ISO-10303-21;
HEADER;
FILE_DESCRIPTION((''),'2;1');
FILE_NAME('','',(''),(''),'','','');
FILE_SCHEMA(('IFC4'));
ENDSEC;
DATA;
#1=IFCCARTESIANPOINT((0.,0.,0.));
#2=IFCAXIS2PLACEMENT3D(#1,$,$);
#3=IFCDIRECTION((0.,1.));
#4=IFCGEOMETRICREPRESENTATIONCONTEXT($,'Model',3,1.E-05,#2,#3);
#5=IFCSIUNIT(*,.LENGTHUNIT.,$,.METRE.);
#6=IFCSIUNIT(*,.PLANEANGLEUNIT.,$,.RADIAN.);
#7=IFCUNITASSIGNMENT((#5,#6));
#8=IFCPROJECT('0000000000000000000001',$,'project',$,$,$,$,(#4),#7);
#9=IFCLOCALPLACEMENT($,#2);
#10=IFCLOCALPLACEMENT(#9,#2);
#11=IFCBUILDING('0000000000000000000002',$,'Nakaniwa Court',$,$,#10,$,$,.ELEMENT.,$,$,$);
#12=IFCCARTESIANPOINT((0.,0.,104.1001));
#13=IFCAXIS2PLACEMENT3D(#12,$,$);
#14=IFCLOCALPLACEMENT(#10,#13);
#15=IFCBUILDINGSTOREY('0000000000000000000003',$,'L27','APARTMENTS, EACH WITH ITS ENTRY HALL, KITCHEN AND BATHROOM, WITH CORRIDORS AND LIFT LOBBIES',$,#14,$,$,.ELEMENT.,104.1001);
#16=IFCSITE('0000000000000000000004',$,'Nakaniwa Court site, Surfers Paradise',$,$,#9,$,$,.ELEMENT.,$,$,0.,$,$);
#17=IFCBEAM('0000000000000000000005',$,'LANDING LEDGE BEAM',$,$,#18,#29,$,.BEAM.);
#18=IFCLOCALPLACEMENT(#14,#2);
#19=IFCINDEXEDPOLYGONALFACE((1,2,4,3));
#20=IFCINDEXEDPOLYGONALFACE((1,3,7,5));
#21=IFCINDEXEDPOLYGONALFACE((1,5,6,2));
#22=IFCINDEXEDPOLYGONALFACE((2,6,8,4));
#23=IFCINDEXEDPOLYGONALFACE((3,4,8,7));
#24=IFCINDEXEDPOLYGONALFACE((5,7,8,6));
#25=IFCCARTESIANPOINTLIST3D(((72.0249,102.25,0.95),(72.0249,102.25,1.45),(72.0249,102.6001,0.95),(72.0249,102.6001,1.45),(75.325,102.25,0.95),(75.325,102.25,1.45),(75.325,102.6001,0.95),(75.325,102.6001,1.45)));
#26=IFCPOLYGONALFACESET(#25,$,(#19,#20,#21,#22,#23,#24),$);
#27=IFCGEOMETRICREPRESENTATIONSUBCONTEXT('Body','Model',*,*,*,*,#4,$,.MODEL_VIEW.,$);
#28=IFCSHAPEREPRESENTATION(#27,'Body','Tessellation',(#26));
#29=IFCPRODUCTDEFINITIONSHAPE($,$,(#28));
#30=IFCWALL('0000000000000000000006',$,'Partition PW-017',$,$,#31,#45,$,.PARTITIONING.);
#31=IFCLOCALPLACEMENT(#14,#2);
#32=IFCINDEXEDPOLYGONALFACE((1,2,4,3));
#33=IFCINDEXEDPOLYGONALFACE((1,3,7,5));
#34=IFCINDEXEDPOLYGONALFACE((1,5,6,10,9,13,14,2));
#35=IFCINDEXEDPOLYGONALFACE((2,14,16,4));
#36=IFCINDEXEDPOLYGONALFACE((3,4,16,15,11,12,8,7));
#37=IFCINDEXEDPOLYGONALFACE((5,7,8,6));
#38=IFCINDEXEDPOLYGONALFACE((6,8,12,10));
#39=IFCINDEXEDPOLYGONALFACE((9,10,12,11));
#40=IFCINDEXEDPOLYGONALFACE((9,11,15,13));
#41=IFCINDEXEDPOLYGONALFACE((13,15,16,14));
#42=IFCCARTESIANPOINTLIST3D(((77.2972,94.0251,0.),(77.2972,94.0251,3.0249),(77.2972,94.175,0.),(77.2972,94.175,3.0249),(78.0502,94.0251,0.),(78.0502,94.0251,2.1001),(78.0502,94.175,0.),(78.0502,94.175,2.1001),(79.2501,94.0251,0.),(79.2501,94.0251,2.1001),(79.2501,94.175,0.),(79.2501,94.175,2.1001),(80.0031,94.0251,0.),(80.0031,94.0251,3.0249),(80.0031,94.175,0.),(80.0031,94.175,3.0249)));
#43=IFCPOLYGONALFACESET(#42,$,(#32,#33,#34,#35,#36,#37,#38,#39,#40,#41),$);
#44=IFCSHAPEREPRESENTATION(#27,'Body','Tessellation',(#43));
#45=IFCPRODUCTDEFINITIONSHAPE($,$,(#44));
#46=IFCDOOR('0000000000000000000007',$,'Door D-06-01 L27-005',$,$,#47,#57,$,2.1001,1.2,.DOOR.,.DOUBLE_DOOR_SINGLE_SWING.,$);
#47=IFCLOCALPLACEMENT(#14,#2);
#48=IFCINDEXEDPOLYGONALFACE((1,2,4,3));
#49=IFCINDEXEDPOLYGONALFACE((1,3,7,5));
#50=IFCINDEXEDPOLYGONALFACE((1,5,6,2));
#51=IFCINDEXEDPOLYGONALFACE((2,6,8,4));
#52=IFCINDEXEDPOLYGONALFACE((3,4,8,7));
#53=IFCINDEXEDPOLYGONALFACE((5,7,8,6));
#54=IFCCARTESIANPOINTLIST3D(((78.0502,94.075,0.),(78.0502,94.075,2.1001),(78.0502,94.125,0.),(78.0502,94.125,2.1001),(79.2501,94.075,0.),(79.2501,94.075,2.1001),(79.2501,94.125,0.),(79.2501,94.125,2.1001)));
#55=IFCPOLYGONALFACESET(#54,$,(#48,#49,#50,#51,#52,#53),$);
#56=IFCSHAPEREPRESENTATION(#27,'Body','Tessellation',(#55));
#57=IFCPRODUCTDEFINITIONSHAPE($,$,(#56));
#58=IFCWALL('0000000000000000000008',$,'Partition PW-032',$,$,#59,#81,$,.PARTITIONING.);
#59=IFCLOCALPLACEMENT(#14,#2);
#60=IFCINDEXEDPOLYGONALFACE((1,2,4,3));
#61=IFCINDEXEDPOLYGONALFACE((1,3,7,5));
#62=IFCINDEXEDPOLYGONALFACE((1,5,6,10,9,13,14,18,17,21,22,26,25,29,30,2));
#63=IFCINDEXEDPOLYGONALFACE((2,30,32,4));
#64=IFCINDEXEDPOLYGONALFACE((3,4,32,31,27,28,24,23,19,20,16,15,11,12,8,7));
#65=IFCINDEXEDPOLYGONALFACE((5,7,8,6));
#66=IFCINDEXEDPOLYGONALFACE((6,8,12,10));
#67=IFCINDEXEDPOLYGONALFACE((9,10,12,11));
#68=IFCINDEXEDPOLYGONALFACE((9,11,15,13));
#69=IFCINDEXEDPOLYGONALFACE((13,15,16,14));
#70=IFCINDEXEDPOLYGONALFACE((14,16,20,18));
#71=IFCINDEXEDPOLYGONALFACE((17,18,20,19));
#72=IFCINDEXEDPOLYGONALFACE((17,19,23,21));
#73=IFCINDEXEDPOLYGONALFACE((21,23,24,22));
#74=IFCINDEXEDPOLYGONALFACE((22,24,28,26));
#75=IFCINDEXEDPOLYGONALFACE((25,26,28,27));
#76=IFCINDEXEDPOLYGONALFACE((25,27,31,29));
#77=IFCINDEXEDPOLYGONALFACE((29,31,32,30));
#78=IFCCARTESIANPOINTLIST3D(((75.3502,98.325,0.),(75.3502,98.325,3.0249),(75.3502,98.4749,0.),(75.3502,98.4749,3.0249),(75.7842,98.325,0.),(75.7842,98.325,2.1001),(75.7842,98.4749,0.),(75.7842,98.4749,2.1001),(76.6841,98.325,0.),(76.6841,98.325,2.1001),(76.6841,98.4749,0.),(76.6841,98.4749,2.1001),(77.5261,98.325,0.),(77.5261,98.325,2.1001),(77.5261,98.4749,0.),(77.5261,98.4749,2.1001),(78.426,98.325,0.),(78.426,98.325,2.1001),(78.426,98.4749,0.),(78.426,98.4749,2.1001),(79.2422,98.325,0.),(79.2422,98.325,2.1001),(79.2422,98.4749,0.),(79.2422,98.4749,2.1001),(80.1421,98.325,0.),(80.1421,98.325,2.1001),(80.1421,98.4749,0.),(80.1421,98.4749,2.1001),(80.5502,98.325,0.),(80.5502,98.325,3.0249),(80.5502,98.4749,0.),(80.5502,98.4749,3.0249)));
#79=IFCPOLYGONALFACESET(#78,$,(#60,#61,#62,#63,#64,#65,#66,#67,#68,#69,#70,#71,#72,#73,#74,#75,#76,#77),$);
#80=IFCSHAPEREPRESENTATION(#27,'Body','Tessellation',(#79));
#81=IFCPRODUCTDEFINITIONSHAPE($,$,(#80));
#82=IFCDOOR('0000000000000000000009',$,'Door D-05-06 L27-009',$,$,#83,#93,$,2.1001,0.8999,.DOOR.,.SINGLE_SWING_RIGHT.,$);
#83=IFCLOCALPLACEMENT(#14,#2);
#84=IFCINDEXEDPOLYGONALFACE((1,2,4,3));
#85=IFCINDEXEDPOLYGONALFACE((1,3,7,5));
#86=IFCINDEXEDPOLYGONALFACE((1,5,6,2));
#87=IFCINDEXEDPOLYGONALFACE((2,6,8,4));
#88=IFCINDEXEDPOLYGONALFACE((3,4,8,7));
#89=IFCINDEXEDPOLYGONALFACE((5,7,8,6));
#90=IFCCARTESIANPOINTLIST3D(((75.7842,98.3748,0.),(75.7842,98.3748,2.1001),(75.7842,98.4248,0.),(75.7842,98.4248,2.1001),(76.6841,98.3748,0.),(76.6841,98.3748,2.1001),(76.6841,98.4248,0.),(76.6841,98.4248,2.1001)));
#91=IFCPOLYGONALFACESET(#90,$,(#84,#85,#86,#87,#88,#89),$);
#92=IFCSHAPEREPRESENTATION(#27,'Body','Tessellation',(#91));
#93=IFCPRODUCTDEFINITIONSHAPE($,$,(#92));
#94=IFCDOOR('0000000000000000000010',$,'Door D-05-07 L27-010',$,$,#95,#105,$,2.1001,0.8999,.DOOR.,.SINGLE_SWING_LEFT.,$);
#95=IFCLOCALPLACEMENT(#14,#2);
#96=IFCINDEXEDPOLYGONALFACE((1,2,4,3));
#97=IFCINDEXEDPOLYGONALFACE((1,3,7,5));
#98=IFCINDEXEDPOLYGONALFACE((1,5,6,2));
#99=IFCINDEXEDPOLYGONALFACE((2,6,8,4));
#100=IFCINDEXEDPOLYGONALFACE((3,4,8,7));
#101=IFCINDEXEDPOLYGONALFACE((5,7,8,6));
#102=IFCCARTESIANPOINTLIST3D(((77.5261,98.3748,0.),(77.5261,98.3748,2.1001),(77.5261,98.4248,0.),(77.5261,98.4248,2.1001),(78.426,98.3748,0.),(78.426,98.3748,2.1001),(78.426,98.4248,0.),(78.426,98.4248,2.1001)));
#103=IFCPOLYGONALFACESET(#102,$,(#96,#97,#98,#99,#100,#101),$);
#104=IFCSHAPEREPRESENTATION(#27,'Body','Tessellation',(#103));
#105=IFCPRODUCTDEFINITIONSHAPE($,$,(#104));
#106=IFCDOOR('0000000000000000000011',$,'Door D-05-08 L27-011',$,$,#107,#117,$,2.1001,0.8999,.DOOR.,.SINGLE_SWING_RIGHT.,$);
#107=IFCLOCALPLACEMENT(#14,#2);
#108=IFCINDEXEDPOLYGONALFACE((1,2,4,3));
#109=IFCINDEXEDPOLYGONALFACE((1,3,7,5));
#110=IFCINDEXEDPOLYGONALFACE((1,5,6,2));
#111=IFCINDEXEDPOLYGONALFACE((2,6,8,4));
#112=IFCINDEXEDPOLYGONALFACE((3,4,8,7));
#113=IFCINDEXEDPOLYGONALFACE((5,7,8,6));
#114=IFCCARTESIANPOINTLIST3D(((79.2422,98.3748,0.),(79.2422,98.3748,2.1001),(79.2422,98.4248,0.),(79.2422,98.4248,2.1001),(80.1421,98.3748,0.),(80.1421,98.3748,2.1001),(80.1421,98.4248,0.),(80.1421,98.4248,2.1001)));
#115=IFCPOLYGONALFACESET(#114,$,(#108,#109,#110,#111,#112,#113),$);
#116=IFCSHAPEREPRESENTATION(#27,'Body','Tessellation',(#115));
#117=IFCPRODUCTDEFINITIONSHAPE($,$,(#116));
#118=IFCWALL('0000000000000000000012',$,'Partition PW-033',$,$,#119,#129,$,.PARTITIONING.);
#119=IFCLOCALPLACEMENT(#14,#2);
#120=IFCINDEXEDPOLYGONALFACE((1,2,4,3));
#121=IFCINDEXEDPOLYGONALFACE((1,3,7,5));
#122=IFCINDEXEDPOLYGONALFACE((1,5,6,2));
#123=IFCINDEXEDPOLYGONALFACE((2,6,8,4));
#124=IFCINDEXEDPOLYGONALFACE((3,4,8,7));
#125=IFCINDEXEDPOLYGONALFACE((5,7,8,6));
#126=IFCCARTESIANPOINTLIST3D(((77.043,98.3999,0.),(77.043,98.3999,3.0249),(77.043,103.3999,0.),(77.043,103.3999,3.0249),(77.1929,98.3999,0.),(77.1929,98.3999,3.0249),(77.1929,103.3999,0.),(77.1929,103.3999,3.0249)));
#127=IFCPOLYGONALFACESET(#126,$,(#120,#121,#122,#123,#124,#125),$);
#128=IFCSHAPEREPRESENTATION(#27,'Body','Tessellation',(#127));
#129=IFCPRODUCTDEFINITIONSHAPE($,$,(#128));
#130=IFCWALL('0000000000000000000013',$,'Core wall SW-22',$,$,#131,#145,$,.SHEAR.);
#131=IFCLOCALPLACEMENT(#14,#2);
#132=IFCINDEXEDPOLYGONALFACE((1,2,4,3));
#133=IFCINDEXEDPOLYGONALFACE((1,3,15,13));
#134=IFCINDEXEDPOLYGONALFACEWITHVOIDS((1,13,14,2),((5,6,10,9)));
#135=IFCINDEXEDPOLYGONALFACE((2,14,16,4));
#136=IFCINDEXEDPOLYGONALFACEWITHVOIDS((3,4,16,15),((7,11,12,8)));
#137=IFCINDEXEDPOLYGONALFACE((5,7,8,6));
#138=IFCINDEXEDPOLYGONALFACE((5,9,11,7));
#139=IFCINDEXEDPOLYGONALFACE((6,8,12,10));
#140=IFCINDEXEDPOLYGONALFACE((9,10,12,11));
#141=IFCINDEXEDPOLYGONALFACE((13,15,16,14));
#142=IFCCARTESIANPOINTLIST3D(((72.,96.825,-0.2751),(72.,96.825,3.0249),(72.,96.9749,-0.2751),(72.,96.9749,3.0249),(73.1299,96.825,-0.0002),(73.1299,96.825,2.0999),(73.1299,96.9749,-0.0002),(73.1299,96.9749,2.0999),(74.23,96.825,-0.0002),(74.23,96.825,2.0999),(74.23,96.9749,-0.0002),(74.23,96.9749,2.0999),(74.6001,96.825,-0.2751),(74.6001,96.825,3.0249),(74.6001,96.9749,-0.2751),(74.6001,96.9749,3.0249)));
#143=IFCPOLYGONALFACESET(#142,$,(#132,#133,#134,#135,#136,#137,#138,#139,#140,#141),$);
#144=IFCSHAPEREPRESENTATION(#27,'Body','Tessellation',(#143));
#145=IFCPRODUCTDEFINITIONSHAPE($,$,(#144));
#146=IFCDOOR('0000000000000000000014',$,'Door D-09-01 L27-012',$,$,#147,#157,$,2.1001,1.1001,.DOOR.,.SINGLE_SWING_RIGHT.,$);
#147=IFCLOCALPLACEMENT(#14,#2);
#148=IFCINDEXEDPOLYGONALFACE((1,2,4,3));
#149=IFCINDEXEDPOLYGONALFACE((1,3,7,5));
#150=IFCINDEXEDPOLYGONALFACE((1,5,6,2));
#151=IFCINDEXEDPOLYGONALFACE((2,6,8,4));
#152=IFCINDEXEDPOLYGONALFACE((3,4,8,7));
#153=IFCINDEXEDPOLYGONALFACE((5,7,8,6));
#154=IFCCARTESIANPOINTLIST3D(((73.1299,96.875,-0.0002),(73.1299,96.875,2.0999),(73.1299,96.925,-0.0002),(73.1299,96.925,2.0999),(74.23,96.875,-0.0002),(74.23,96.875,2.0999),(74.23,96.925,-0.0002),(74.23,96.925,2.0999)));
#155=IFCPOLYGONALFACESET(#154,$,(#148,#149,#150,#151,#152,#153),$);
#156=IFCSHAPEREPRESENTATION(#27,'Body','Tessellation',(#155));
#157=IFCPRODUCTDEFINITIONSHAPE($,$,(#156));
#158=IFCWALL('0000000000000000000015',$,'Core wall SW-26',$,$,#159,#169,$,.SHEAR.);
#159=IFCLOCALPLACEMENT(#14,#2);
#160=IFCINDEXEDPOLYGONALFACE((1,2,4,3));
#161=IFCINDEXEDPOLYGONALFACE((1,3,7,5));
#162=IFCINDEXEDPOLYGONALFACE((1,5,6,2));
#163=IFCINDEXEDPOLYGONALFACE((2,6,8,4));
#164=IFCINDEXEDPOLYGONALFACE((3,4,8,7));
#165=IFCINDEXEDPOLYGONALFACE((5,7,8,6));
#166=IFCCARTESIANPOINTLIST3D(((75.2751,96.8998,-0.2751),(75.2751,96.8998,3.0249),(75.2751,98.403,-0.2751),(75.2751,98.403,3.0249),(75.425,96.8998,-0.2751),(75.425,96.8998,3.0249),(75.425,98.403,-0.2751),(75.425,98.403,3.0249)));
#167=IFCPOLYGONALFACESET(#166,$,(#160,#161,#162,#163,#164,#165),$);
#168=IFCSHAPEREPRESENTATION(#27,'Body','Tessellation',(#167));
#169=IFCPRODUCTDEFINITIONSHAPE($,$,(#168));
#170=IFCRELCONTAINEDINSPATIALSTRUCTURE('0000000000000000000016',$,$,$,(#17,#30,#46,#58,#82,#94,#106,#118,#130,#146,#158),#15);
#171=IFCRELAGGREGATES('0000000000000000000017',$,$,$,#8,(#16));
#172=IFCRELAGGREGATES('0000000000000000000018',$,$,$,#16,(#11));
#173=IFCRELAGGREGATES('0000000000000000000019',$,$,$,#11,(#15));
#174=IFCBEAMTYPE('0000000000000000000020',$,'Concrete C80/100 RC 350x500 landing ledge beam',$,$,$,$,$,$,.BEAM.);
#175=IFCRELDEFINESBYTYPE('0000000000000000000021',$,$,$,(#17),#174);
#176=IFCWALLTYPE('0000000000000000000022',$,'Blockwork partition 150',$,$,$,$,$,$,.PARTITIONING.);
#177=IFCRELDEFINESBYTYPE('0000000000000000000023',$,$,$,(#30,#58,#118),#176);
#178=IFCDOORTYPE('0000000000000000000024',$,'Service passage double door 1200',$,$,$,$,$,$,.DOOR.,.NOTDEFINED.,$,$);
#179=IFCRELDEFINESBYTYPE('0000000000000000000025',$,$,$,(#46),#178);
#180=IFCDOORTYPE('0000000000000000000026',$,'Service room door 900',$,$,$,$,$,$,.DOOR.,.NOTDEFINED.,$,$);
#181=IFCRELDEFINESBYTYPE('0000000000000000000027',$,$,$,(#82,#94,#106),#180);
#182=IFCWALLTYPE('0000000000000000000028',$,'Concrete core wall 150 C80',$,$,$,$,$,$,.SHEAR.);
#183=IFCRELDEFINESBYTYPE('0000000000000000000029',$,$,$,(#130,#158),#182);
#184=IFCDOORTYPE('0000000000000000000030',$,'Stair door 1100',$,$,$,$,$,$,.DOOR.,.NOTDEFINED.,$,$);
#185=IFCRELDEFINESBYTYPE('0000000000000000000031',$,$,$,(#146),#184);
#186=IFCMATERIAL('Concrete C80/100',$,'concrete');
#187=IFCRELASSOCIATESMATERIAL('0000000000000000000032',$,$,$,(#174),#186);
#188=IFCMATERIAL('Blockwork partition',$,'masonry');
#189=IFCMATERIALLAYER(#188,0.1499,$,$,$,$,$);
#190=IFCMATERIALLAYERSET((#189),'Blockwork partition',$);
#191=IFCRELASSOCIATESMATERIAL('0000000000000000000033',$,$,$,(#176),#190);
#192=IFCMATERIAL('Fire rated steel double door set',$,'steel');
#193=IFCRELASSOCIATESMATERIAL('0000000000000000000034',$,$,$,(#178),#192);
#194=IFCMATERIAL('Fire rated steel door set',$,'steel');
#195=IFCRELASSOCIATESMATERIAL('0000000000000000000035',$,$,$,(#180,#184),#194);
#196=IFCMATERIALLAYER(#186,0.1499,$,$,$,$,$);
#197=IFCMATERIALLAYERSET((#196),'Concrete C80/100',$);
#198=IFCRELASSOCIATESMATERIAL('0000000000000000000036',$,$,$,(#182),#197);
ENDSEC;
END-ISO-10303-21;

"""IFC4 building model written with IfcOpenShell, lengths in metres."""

from ifc_helpers import new_model, si_unit, direction, frame, frame_2d, origin, origin_2d, place, context, subcontext, project, spatial, rectangle, extrude, material, layer, layer_set, material_profile, profile_set, type_object, element, fill, save


model = new_model("IFC4")

# Units and contexts
model_context = context("Model", 3, precision=1e-05, world=origin(), true_north=direction((0.0, 1.0)))
body_context = subcontext(model_context, "Body", "Model", "MODEL_VIEW")
ifc_project = project(units=[si_unit("LENGTHUNIT", "METRE"), si_unit("PLANEANGLEUNIT", "RADIAN")], contexts=[model_context])

# Site, building, storey
site_placement = place(None, origin())
site = spatial("IfcSite", under=ifc_project, at=site_placement, Name="Nakaniwa Court site, Surfers Paradise", CompositionType="ELEMENT", RefElevation=0.0)
building_placement = place(site_placement, origin())
building = spatial("IfcBuilding", under=site, at=building_placement, Name="Nakaniwa Court", CompositionType="ELEMENT")
storey_placement = place(building_placement, frame((0.0, 0.0, 104.1001)))
storey = spatial("IfcBuildingStorey", under=building, at=storey_placement, Name="L27", Description="APARTMENTS, EACH WITH ITS ENTRY HALL, KITCHEN AND BATHROOM, WITH CORRIDORS AND LIFT LOBBIES", CompositionType="ELEMENT", Elevation=104.1001)

# Beam
ifc_material_1 = material(Name="Concrete C80/100", Category="concrete")
ifc_material_profile = material_profile(ifc_material_1, rectangle(XDim=0.3501, YDim=0.5, at=origin_2d()), Name="Concrete C80/100 RC 350x500 landing ledge beam")
ifc_profile_set = profile_set([ifc_material_profile], Name="Concrete C80/100")
beam_type = type_object("IfcBeamType", Name="Concrete C80/100 RC 350x500 landing ledge beam", PredefinedType="BEAM", material=ifc_profile_set)
beam_placement = place(storey_placement, frame((72.0249, 102.425, 1.2), z_axis=(1.0, 0.0, 0.0), x_axis=(0.0, 1.0, 0.0)))
element("IfcBeam", 1, at=beam_placement, inside=storey, type_object=beam_type, Name="LANDING LEDGE BEAM", PredefinedType="BEAM", context=body_context, shape_type="SweptSolid", body=[
    extrude(rectangle(XDim=0.3501, YDim=0.5, at=origin_2d()), origin(), (0.0, 0.0, 1.0), 3.3),
])

# Wall, opening, door
ifc_material_2 = material(Name="Blockwork partition", Category="masonry")
ifc_layer_1 = layer(ifc_material_2, 0.1499)
ifc_layer_set_1 = layer_set([ifc_layer_1], Name="Blockwork partition")
wall_type_1 = type_object("IfcWallType", Name="Blockwork partition 150", PredefinedType="PARTITIONING", material=ifc_layer_set_1)
wall_1_placement = place(storey_placement, frame((77.2971, 94.1001, 0.0), z_axis=(0.0, 0.0, 1.0), x_axis=(1.0, 0.0, 0.0)))
wall_1 = element("IfcWall", 2, at=wall_1_placement, inside=storey, type_object=wall_type_1, Name="Partition PW-017", PredefinedType="PARTITIONING", context=body_context, shape_type="SweptSolid", body=[
    extrude(rectangle(XDim=2.7058, YDim=0.1499, at=frame_2d((1.353, 0.0))), origin(), (0.0, 0.0, 1.0), 3.0249),
])
opening_1_placement = place(wall_1_placement, frame((0.7529, 0.0, 0.0)))
opening_1 = element("IfcOpeningElement", 3, at=opening_1_placement, cuts=wall_1, PredefinedType="OPENING", context=body_context, shape_type="SweptSolid", body=[
    extrude(rectangle(XDim=1.2, YDim=2.1001, at=frame_2d((0.6001, 1.05))), frame((0.0, 0.085, 0.0), z_axis=(0.0, -1.0, 0.0), x_axis=(1.0, 0.0, 0.0)), (0.0, 0.0, 1.0), 0.1699),
])
ifc_material_3 = material(Name="Fire rated steel double door set", Category="steel")
door_type_1 = type_object("IfcDoorType", Name="Service passage double door 1200", OperationType="NOTDEFINED", PredefinedType="DOOR", material=ifc_material_3)
door_1_placement = place(opening_1_placement, origin())
door_1 = element("IfcDoor", 4, at=door_1_placement, inside=storey, type_object=door_type_1, Name="Door D-06-01 L27-005", OperationType="DOUBLE_DOOR_SINGLE_SWING", OverallHeight=2.1001, OverallWidth=1.2, PredefinedType="DOOR", context=body_context, shape_type="SweptSolid", body=[
    extrude(rectangle(XDim=1.2, YDim=2.1001, at=frame_2d((0.6001, 1.05))), frame((0.0, 0.0249, 0.0), z_axis=(0.0, -1.0, 0.0), x_axis=(1.0, 0.0, 0.0)), (0.0, 0.0, 1.0), 0.05),
])
fill(opening_1, door_1)

# Wall, openings, doors
wall_2_placement = place(storey_placement, frame((75.3501, 98.3999, 0.0), z_axis=(0.0, 0.0, 1.0), x_axis=(1.0, 0.0, 0.0)))
wall_2 = element("IfcWall", 5, at=wall_2_placement, inside=storey, type_object=wall_type_1, Name="Partition PW-032", PredefinedType="PARTITIONING", context=body_context, shape_type="SweptSolid", body=[
    extrude(rectangle(XDim=5.2, YDim=0.1499, at=frame_2d((2.6001, 0.0))), origin(), (0.0, 0.0, 1.0), 3.0249),
])
opening_2_placement = place(wall_2_placement, frame((0.4341, 0.0, 0.0)))
opening_2 = element("IfcOpeningElement", 6, at=opening_2_placement, cuts=wall_2, PredefinedType="OPENING", context=body_context, shape_type="SweptSolid", body=[
    extrude(rectangle(XDim=0.8999, YDim=2.1001, at=frame_2d((0.45, 1.05))), frame((0.0, 0.085, 0.0), z_axis=(0.0, -1.0, 0.0), x_axis=(1.0, 0.0, 0.0)), (0.0, 0.0, 1.0), 0.1699),
])
opening_3_placement = place(wall_2_placement, frame((2.176, 0.0, 0.0)))
opening_3 = element("IfcOpeningElement", 7, at=opening_3_placement, cuts=wall_2, PredefinedType="OPENING", context=body_context, shape_type="SweptSolid", body=[
    extrude(rectangle(XDim=0.8999, YDim=2.1001, at=frame_2d((0.45, 1.05))), frame((0.0, 0.085, 0.0), z_axis=(0.0, -1.0, 0.0), x_axis=(1.0, 0.0, 0.0)), (0.0, 0.0, 1.0), 0.1699),
])
opening_4_placement = place(wall_2_placement, frame((3.8921, 0.0, 0.0)))
opening_4 = element("IfcOpeningElement", 8, at=opening_4_placement, cuts=wall_2, PredefinedType="OPENING", context=body_context, shape_type="SweptSolid", body=[
    extrude(rectangle(XDim=0.8999, YDim=2.1001, at=frame_2d((0.45, 1.05))), frame((0.0, 0.085, 0.0), z_axis=(0.0, -1.0, 0.0), x_axis=(1.0, 0.0, 0.0)), (0.0, 0.0, 1.0), 0.1699),
])
ifc_material_4 = material(Name="Fire rated steel door set", Category="steel")
door_type_2 = type_object("IfcDoorType", Name="Service room door 900", OperationType="NOTDEFINED", PredefinedType="DOOR", material=ifc_material_4)
door_2_placement = place(opening_2_placement, origin())
door_2 = element("IfcDoor", 9, at=door_2_placement, inside=storey, type_object=door_type_2, Name="Door D-05-06 L27-009", OperationType="SINGLE_SWING_RIGHT", OverallHeight=2.1001, OverallWidth=0.8999, PredefinedType="DOOR", context=body_context, shape_type="SweptSolid", body=[
    extrude(rectangle(XDim=0.8999, YDim=2.1001, at=frame_2d((0.45, 1.05))), frame((0.0, 0.0249, 0.0), z_axis=(0.0, -1.0, 0.0), x_axis=(1.0, 0.0, 0.0)), (0.0, 0.0, 1.0), 0.05),
])
fill(opening_2, door_2)
door_3_placement = place(opening_3_placement, origin())
door_3 = element("IfcDoor", 10, at=door_3_placement, inside=storey, type_object=door_type_2, Name="Door D-05-07 L27-010", OperationType="SINGLE_SWING_LEFT", OverallHeight=2.1001, OverallWidth=0.8999, PredefinedType="DOOR", context=body_context, shape_type="SweptSolid", body=[
    extrude(rectangle(XDim=0.8999, YDim=2.1001, at=frame_2d((0.45, 1.05))), frame((0.0, 0.0249, 0.0), z_axis=(0.0, -1.0, 0.0), x_axis=(1.0, 0.0, 0.0)), (0.0, 0.0, 1.0), 0.05),
])
fill(opening_3, door_3)
door_4_placement = place(opening_4_placement, origin())
door_4 = element("IfcDoor", 11, at=door_4_placement, inside=storey, type_object=door_type_2, Name="Door D-05-08 L27-011", OperationType="SINGLE_SWING_RIGHT", OverallHeight=2.1001, OverallWidth=0.8999, PredefinedType="DOOR", context=body_context, shape_type="SweptSolid", body=[
    extrude(rectangle(XDim=0.8999, YDim=2.1001, at=frame_2d((0.45, 1.05))), frame((0.0, 0.0249, 0.0), z_axis=(0.0, -1.0, 0.0), x_axis=(1.0, 0.0, 0.0)), (0.0, 0.0, 1.0), 0.05),
])
fill(opening_4, door_4)

# Wall
wall_3_placement = place(storey_placement, frame((77.1179, 98.3999, 0.0), z_axis=(0.0, 0.0, 1.0), x_axis=(0.0, 1.0, 0.0)))
element("IfcWall", 12, at=wall_3_placement, inside=storey, type_object=wall_type_1, Name="Partition PW-033", PredefinedType="PARTITIONING", context=body_context, shape_type="SweptSolid", body=[
    extrude(rectangle(XDim=5.0, YDim=0.1499, at=frame_2d((2.5, 0.0))), origin(), (0.0, 0.0, 1.0), 3.0249),
])

# Wall, opening, door
ifc_layer_2 = layer(ifc_material_1, 0.1499)
ifc_layer_set_2 = layer_set([ifc_layer_2], Name="Concrete C80/100")
wall_type_2 = type_object("IfcWallType", Name="Concrete core wall 150 C80", PredefinedType="SHEAR", material=ifc_layer_set_2)
wall_4_placement = place(storey_placement, frame((74.6001, 96.8999, -0.2751), z_axis=(0.0, 0.0, 1.0), x_axis=(-1.0, 0.0, 0.0)))
wall_4 = element("IfcWall", 13, at=wall_4_placement, inside=storey, type_object=wall_type_2, Name="Core wall SW-22", PredefinedType="SHEAR", context=body_context, shape_type="SweptSolid", body=[
    extrude(rectangle(XDim=2.6001, YDim=0.1499, at=frame_2d((1.3, 0.0))), origin(), (0.0, 0.0, 1.0), 3.3),
])
opening_5_placement = place(wall_4_placement, frame((0.3701, 0.0, 0.2749)))
opening_5 = element("IfcOpeningElement", 14, at=opening_5_placement, cuts=wall_4, PredefinedType="OPENING", context=body_context, shape_type="SweptSolid", body=[
    extrude(rectangle(XDim=1.1001, YDim=2.1001, at=frame_2d((0.55, 1.05))), frame((0.0, 0.085, 0.0), z_axis=(0.0, -1.0, 0.0), x_axis=(1.0, 0.0, 0.0)), (0.0, 0.0, 1.0), 0.1699),
])
door_type_3 = type_object("IfcDoorType", Name="Stair door 1100", OperationType="NOTDEFINED", PredefinedType="DOOR", material=ifc_material_4)
door_5_placement = place(opening_5_placement, origin())
door_5 = element("IfcDoor", 15, at=door_5_placement, inside=storey, type_object=door_type_3, Name="Door D-09-01 L27-012", OperationType="SINGLE_SWING_RIGHT", OverallHeight=2.1001, OverallWidth=1.1001, PredefinedType="DOOR", context=body_context, shape_type="SweptSolid", body=[
    extrude(rectangle(XDim=1.1001, YDim=2.1001, at=frame_2d((0.55, 1.05))), frame((0.0, 0.0249, 0.0), z_axis=(0.0, -1.0, 0.0), x_axis=(1.0, 0.0, 0.0)), (0.0, 0.0, 1.0), 0.05),
])
fill(opening_5, door_5)

# Wall
wall_5_placement = place(storey_placement, frame((75.3501, 96.8999, -0.2751), z_axis=(0.0, 0.0, 1.0), x_axis=(0.0, 1.0, 0.0)))
element("IfcWall", 16, at=wall_5_placement, inside=storey, type_object=wall_type_2, Name="Core wall SW-26", PredefinedType="SHEAR", context=body_context, shape_type="SweptSolid", body=[
    extrude(rectangle(XDim=1.5032, YDim=0.1499, at=frame_2d((0.7515, 0.0))), origin(), (0.0, 0.0, 1.0), 3.3),
])

save(model, "model.ifc")
